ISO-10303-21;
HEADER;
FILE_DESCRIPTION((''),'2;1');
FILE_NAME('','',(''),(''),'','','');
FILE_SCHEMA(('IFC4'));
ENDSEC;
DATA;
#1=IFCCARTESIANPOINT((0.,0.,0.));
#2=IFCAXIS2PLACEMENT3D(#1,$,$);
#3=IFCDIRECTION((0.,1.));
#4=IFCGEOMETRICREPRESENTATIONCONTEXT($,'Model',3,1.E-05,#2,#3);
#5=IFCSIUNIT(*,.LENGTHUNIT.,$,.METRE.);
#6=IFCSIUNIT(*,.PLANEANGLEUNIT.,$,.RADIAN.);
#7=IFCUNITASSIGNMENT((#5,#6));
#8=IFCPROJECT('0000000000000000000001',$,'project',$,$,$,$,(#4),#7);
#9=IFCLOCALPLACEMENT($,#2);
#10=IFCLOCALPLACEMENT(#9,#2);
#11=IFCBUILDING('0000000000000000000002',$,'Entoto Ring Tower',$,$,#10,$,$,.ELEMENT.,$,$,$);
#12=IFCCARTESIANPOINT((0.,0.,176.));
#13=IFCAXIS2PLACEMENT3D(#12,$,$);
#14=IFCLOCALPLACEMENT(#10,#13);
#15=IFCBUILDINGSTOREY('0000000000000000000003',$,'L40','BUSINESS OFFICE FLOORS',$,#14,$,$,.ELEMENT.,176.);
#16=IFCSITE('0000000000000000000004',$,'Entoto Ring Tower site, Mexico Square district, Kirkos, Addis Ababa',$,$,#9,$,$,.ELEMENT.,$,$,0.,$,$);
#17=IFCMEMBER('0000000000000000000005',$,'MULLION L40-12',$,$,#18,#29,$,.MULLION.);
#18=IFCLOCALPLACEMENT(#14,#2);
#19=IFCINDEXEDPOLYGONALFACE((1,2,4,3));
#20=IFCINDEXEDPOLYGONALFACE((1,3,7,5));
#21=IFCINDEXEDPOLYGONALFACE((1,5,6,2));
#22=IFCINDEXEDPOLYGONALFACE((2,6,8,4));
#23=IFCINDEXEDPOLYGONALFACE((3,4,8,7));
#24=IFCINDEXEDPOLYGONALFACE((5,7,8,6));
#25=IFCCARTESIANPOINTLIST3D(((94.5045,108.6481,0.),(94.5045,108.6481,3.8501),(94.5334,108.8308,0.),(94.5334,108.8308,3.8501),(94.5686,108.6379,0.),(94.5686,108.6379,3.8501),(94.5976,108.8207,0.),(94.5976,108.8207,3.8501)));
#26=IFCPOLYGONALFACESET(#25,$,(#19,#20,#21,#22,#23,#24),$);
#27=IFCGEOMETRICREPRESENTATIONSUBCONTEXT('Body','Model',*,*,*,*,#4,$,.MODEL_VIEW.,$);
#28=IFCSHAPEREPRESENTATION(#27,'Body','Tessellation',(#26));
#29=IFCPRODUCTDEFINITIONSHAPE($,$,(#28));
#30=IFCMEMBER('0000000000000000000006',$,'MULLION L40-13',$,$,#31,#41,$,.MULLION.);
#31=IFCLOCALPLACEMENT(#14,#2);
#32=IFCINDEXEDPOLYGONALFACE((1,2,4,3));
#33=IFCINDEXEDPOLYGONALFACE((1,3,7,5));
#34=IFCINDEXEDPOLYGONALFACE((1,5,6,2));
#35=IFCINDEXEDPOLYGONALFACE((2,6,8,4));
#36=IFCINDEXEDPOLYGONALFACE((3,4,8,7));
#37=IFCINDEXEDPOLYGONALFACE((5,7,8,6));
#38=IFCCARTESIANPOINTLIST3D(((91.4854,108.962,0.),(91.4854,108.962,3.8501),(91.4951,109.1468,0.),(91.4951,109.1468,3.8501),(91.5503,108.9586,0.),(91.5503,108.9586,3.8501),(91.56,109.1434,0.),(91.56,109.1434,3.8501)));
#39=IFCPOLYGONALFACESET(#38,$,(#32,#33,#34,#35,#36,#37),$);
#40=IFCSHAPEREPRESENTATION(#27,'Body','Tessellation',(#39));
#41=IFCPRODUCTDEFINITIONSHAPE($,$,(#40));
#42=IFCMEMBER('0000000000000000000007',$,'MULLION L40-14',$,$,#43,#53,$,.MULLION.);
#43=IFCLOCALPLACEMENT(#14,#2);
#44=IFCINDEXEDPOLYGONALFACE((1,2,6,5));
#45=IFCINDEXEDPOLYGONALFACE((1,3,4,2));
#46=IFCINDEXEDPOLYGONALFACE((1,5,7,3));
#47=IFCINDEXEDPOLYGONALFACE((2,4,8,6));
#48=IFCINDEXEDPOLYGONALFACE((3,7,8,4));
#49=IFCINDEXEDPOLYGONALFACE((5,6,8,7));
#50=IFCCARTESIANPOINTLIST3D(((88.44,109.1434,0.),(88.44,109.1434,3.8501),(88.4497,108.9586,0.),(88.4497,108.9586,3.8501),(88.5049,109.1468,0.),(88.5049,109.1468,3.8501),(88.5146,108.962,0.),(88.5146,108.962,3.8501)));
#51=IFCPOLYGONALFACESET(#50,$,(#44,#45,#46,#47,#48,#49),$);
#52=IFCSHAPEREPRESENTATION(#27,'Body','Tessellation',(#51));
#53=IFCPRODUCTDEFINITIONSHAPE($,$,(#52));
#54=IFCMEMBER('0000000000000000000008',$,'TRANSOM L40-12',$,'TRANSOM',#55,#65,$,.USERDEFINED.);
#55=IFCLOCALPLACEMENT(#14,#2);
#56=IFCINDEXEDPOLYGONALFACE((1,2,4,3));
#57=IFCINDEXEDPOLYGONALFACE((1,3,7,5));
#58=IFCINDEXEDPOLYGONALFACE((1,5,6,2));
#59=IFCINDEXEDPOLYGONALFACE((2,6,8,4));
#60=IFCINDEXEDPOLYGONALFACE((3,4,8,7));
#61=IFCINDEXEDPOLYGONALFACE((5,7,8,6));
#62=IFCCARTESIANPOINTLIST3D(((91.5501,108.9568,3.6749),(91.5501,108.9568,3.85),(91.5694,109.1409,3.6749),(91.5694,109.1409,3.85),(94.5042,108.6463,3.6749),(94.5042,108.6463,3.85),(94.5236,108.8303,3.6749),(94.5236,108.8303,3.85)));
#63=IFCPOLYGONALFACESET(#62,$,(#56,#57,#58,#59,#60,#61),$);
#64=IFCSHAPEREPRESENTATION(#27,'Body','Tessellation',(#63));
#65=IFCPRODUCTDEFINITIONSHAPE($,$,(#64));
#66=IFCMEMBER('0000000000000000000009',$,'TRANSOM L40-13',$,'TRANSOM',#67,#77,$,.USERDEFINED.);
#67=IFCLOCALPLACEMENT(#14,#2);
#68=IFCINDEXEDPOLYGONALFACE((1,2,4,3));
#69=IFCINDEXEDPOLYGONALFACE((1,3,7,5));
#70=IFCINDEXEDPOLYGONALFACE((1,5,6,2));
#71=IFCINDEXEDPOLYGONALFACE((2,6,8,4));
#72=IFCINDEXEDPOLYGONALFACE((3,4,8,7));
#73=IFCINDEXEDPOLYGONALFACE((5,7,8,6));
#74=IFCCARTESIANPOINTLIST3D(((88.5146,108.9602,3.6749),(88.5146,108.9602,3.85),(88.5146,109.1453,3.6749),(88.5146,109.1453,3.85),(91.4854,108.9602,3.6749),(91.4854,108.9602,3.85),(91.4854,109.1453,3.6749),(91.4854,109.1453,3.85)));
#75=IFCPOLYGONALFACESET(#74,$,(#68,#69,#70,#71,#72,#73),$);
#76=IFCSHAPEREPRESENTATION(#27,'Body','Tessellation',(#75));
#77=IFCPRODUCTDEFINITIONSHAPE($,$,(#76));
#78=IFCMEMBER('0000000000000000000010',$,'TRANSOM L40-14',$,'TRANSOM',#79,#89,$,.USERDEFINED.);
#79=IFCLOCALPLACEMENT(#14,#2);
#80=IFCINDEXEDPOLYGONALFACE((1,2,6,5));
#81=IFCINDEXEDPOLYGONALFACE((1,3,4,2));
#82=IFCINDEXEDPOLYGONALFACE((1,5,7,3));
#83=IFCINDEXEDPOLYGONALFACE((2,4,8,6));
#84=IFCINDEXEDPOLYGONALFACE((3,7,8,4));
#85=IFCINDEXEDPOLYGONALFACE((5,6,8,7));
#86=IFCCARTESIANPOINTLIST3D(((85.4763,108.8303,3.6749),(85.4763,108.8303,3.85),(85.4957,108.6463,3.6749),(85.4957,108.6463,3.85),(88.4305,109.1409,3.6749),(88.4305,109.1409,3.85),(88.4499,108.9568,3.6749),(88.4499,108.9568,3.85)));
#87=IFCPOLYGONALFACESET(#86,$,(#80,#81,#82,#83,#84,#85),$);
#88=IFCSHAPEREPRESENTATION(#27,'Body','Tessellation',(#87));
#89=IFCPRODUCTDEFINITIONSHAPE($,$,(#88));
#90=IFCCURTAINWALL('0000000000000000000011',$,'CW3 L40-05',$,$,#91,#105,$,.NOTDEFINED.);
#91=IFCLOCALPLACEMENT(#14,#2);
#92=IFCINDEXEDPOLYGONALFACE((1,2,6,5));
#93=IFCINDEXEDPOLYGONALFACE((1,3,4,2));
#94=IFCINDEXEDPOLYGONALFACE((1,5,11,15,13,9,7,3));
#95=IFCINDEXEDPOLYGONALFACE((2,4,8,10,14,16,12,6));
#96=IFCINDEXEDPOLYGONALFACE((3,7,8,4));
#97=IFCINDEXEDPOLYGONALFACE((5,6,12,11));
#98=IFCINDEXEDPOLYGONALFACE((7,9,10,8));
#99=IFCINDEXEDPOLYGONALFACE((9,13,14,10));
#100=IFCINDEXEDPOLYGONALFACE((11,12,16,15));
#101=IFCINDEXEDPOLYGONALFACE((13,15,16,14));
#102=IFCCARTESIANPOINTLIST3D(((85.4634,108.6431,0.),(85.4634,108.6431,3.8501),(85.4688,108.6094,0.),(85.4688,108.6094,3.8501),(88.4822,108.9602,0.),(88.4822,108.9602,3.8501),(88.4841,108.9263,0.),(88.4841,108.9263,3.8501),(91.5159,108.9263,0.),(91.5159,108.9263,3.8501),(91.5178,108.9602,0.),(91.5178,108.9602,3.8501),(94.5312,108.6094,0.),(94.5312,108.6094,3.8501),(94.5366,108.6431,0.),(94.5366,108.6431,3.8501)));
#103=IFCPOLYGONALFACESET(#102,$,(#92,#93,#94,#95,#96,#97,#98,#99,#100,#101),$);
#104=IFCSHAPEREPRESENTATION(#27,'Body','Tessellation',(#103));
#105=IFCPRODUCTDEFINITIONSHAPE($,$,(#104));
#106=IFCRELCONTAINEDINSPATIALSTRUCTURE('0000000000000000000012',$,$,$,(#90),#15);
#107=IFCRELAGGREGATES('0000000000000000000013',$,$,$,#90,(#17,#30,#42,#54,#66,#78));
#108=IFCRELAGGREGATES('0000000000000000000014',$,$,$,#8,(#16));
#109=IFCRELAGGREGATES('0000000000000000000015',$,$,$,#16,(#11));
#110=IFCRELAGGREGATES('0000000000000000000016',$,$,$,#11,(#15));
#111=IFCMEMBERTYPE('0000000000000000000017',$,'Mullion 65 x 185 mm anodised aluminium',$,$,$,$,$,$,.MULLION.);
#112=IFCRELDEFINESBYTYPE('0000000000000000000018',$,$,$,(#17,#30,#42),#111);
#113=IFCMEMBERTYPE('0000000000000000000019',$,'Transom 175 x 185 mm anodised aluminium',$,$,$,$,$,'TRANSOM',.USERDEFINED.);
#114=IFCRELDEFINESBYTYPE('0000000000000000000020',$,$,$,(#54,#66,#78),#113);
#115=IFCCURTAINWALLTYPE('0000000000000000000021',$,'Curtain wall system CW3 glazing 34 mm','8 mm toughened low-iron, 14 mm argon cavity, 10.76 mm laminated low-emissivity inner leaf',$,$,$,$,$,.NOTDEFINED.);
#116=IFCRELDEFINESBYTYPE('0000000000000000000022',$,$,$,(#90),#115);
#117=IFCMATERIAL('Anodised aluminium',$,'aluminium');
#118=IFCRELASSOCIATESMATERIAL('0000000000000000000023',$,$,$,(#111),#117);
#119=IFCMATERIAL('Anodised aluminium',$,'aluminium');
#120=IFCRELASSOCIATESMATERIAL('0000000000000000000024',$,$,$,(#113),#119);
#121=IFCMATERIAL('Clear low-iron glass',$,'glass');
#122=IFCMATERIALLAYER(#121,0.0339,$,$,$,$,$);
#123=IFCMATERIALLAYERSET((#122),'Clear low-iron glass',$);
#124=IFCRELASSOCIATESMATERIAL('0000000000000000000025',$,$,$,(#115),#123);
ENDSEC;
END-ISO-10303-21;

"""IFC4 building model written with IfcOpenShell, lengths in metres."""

from ifc_helpers import new_model, si_unit, direction, frame, origin, origin_2d, place, context, subcontext, project, spatial, polyline, rectangle, outline, extrude, material, layer, layer_set, material_profile, profile_set, type_object, element, aggregate, save


model = new_model("IFC4")

# Units and contexts
model_context = context("Model", 3, precision=1e-05, world=origin(), true_north=direction((0.0, 1.0)))
body_context = subcontext(model_context, "Body", "Model", "MODEL_VIEW")
ifc_project = project(units=[si_unit("LENGTHUNIT", "METRE"), si_unit("PLANEANGLEUNIT", "RADIAN")], contexts=[model_context])

# Members
ifc_material_1 = material(Name="Anodised aluminium", Category="aluminium")
ifc_material_profile_1 = material_profile(ifc_material_1, rectangle(XDim=0.0649, YDim=0.1851, at=origin_2d()), Name="Mullion 65 x 185 mm anodised aluminium")
ifc_profile_set_1 = profile_set([ifc_material_profile_1], Name="Anodised aluminium")
member_type_1 = type_object("IfcMemberType", Name="Mullion 65 x 185 mm anodised aluminium", PredefinedType="MULLION", material=ifc_profile_set_1)
site_placement = place(None, origin())
building_placement = place(site_placement, origin())
storey_placement = place(building_placement, frame((0.0, 0.0, 176.0)))
member_1_placement = place(storey_placement, frame((94.551, 108.7344, 0.0), z_axis=(0.0, 0.0, 1.0), x_axis=(-0.987688, 0.156434, 0.0)))
member_1 = element("IfcMember", 1, at=member_1_placement, type_object=member_type_1, Name="MULLION L40-12", PredefinedType="MULLION", context=body_context, shape_type="SweptSolid", body=[
    extrude(rectangle(XDim=0.0649, YDim=0.1851, at=origin_2d()), origin(), (0.0, 0.0, 1.0), 3.8501),
])
member_2_placement = place(storey_placement, frame((91.5227, 109.0527, 0.0), z_axis=(0.0, 0.0, 1.0), x_axis=(-0.99863, 0.052336, 0.0)))
member_2 = element("IfcMember", 2, at=member_2_placement, type_object=member_type_1, Name="MULLION L40-13", PredefinedType="MULLION", context=body_context, shape_type="SweptSolid", body=[
    extrude(rectangle(XDim=0.0649, YDim=0.1851, at=origin_2d()), origin(), (0.0, 0.0, 1.0), 3.8501),
])
member_3_placement = place(storey_placement, frame((88.4773, 109.0527, 0.0), z_axis=(0.0, 0.0, 1.0), x_axis=(-0.99863, -0.052336, 0.0)))
member_3 = element("IfcMember", 3, at=member_3_placement, type_object=member_type_1, Name="MULLION L40-14", PredefinedType="MULLION", context=body_context, shape_type="SweptSolid", body=[
    extrude(rectangle(XDim=0.0649, YDim=0.1851, at=origin_2d()), origin(), (0.0, 0.0, 1.0), 3.8501),
])
ifc_material_2 = material(Name="Anodised aluminium", Category="aluminium")
ifc_material_profile_2 = material_profile(ifc_material_2, rectangle(XDim=0.1851, YDim=0.175, at=origin_2d()), Name="Transom 175 x 185 mm anodised aluminium")
ifc_profile_set_2 = profile_set([ifc_material_profile_2], Name="Anodised aluminium")
member_type_2 = type_object("IfcMemberType", Name="Transom 175 x 185 mm anodised aluminium", ElementType="TRANSOM", PredefinedType="USERDEFINED", material=ifc_profile_set_2)
member_4_placement = place(storey_placement, frame((94.5139, 108.7383, 3.7625), z_axis=(-0.99452, 0.104548, 0.0), x_axis=(-0.104548, -0.99452, 0.0)))
member_4 = element("IfcMember", 4, at=member_4_placement, type_object=member_type_2, Name="TRANSOM L40-12", ObjectType="TRANSOM", PredefinedType="USERDEFINED", context=body_context, shape_type="SweptSolid", body=[
    extrude(rectangle(XDim=0.1851, YDim=0.175, at=origin_2d()), origin(), (0.0, 0.0, 1.0), 2.9705),
])
member_5_placement = place(storey_placement, frame((91.4854, 109.0527, 3.7625), z_axis=(-1.0, 0.0, 0.0), x_axis=(0.0, -1.0, 0.0)))
member_5 = element("IfcMember", 5, at=member_5_placement, type_object=member_type_2, Name="TRANSOM L40-13", ObjectType="TRANSOM", PredefinedType="USERDEFINED", context=body_context, shape_type="SweptSolid", body=[
    extrude(rectangle(XDim=0.1851, YDim=0.175, at=origin_2d()), origin(), (0.0, 0.0, 1.0), 2.9707),
])
member_6_placement = place(storey_placement, frame((88.4402, 109.0488, 3.7625), z_axis=(-0.99452, -0.104548, 0.0), x_axis=(0.104548, -0.99452, 0.0)))
member_6 = element("IfcMember", 6, at=member_6_placement, type_object=member_type_2, Name="TRANSOM L40-14", ObjectType="TRANSOM", PredefinedType="USERDEFINED", context=body_context, shape_type="SweptSolid", body=[
    extrude(rectangle(XDim=0.1851, YDim=0.175, at=origin_2d()), origin(), (0.0, 0.0, 1.0), 2.9705),
])

# Site, building, storey
site = spatial("IfcSite", under=ifc_project, at=site_placement, Name="Entoto Ring Tower site, Mexico Square district, Kirkos, Addis Ababa", CompositionType="ELEMENT", RefElevation=0.0)
building = spatial("IfcBuilding", under=site, at=building_placement, Name="Entoto Ring Tower", CompositionType="ELEMENT")
storey = spatial("IfcBuildingStorey", under=building, at=storey_placement, Name="L40", Description="BUSINESS OFFICE FLOORS", CompositionType="ELEMENT", Elevation=176.0)

# Curtain wall
ifc_material_3 = material(Name="Clear low-iron glass", Category="glass")
ifc_layer = layer(ifc_material_3, 0.0339)
ifc_layer_set = layer_set([ifc_layer], Name="Clear low-iron glass")
curtain_wall_type = type_object("IfcCurtainWallType", Name="Curtain wall system CW3 glazing 34 mm", Description="8 mm toughened low-iron, 14 mm argon cavity, 10.76 mm laminated low-emissivity inner leaf", PredefinedType="NOTDEFINED", material=ifc_layer_set)
curtain_wall_1_placement = place(storey_placement, origin())
curtain_wall_1 = element("IfcCurtainWall", 7, at=curtain_wall_1_placement, inside=storey, type_object=curtain_wall_type, Name="CW3 L40-05", PredefinedType="NOTDEFINED", context=body_context, shape_type="SweptSolid", body=[
    extrude(outline(polyline([(94.5366, 108.6431), (91.5178, 108.9602), (88.4822, 108.9602), (85.4634, 108.6431), (85.4688, 108.6094), (88.4841, 108.9263), (91.5159, 108.9263), (94.5312, 108.6094), (94.5366, 108.6431)])), origin(), (0.0, 0.0, 1.0), 3.8501),
])
aggregate(curtain_wall_1, [member_1, member_2, member_3, member_4, member_5, member_6])

save(model, "model.ifc")
